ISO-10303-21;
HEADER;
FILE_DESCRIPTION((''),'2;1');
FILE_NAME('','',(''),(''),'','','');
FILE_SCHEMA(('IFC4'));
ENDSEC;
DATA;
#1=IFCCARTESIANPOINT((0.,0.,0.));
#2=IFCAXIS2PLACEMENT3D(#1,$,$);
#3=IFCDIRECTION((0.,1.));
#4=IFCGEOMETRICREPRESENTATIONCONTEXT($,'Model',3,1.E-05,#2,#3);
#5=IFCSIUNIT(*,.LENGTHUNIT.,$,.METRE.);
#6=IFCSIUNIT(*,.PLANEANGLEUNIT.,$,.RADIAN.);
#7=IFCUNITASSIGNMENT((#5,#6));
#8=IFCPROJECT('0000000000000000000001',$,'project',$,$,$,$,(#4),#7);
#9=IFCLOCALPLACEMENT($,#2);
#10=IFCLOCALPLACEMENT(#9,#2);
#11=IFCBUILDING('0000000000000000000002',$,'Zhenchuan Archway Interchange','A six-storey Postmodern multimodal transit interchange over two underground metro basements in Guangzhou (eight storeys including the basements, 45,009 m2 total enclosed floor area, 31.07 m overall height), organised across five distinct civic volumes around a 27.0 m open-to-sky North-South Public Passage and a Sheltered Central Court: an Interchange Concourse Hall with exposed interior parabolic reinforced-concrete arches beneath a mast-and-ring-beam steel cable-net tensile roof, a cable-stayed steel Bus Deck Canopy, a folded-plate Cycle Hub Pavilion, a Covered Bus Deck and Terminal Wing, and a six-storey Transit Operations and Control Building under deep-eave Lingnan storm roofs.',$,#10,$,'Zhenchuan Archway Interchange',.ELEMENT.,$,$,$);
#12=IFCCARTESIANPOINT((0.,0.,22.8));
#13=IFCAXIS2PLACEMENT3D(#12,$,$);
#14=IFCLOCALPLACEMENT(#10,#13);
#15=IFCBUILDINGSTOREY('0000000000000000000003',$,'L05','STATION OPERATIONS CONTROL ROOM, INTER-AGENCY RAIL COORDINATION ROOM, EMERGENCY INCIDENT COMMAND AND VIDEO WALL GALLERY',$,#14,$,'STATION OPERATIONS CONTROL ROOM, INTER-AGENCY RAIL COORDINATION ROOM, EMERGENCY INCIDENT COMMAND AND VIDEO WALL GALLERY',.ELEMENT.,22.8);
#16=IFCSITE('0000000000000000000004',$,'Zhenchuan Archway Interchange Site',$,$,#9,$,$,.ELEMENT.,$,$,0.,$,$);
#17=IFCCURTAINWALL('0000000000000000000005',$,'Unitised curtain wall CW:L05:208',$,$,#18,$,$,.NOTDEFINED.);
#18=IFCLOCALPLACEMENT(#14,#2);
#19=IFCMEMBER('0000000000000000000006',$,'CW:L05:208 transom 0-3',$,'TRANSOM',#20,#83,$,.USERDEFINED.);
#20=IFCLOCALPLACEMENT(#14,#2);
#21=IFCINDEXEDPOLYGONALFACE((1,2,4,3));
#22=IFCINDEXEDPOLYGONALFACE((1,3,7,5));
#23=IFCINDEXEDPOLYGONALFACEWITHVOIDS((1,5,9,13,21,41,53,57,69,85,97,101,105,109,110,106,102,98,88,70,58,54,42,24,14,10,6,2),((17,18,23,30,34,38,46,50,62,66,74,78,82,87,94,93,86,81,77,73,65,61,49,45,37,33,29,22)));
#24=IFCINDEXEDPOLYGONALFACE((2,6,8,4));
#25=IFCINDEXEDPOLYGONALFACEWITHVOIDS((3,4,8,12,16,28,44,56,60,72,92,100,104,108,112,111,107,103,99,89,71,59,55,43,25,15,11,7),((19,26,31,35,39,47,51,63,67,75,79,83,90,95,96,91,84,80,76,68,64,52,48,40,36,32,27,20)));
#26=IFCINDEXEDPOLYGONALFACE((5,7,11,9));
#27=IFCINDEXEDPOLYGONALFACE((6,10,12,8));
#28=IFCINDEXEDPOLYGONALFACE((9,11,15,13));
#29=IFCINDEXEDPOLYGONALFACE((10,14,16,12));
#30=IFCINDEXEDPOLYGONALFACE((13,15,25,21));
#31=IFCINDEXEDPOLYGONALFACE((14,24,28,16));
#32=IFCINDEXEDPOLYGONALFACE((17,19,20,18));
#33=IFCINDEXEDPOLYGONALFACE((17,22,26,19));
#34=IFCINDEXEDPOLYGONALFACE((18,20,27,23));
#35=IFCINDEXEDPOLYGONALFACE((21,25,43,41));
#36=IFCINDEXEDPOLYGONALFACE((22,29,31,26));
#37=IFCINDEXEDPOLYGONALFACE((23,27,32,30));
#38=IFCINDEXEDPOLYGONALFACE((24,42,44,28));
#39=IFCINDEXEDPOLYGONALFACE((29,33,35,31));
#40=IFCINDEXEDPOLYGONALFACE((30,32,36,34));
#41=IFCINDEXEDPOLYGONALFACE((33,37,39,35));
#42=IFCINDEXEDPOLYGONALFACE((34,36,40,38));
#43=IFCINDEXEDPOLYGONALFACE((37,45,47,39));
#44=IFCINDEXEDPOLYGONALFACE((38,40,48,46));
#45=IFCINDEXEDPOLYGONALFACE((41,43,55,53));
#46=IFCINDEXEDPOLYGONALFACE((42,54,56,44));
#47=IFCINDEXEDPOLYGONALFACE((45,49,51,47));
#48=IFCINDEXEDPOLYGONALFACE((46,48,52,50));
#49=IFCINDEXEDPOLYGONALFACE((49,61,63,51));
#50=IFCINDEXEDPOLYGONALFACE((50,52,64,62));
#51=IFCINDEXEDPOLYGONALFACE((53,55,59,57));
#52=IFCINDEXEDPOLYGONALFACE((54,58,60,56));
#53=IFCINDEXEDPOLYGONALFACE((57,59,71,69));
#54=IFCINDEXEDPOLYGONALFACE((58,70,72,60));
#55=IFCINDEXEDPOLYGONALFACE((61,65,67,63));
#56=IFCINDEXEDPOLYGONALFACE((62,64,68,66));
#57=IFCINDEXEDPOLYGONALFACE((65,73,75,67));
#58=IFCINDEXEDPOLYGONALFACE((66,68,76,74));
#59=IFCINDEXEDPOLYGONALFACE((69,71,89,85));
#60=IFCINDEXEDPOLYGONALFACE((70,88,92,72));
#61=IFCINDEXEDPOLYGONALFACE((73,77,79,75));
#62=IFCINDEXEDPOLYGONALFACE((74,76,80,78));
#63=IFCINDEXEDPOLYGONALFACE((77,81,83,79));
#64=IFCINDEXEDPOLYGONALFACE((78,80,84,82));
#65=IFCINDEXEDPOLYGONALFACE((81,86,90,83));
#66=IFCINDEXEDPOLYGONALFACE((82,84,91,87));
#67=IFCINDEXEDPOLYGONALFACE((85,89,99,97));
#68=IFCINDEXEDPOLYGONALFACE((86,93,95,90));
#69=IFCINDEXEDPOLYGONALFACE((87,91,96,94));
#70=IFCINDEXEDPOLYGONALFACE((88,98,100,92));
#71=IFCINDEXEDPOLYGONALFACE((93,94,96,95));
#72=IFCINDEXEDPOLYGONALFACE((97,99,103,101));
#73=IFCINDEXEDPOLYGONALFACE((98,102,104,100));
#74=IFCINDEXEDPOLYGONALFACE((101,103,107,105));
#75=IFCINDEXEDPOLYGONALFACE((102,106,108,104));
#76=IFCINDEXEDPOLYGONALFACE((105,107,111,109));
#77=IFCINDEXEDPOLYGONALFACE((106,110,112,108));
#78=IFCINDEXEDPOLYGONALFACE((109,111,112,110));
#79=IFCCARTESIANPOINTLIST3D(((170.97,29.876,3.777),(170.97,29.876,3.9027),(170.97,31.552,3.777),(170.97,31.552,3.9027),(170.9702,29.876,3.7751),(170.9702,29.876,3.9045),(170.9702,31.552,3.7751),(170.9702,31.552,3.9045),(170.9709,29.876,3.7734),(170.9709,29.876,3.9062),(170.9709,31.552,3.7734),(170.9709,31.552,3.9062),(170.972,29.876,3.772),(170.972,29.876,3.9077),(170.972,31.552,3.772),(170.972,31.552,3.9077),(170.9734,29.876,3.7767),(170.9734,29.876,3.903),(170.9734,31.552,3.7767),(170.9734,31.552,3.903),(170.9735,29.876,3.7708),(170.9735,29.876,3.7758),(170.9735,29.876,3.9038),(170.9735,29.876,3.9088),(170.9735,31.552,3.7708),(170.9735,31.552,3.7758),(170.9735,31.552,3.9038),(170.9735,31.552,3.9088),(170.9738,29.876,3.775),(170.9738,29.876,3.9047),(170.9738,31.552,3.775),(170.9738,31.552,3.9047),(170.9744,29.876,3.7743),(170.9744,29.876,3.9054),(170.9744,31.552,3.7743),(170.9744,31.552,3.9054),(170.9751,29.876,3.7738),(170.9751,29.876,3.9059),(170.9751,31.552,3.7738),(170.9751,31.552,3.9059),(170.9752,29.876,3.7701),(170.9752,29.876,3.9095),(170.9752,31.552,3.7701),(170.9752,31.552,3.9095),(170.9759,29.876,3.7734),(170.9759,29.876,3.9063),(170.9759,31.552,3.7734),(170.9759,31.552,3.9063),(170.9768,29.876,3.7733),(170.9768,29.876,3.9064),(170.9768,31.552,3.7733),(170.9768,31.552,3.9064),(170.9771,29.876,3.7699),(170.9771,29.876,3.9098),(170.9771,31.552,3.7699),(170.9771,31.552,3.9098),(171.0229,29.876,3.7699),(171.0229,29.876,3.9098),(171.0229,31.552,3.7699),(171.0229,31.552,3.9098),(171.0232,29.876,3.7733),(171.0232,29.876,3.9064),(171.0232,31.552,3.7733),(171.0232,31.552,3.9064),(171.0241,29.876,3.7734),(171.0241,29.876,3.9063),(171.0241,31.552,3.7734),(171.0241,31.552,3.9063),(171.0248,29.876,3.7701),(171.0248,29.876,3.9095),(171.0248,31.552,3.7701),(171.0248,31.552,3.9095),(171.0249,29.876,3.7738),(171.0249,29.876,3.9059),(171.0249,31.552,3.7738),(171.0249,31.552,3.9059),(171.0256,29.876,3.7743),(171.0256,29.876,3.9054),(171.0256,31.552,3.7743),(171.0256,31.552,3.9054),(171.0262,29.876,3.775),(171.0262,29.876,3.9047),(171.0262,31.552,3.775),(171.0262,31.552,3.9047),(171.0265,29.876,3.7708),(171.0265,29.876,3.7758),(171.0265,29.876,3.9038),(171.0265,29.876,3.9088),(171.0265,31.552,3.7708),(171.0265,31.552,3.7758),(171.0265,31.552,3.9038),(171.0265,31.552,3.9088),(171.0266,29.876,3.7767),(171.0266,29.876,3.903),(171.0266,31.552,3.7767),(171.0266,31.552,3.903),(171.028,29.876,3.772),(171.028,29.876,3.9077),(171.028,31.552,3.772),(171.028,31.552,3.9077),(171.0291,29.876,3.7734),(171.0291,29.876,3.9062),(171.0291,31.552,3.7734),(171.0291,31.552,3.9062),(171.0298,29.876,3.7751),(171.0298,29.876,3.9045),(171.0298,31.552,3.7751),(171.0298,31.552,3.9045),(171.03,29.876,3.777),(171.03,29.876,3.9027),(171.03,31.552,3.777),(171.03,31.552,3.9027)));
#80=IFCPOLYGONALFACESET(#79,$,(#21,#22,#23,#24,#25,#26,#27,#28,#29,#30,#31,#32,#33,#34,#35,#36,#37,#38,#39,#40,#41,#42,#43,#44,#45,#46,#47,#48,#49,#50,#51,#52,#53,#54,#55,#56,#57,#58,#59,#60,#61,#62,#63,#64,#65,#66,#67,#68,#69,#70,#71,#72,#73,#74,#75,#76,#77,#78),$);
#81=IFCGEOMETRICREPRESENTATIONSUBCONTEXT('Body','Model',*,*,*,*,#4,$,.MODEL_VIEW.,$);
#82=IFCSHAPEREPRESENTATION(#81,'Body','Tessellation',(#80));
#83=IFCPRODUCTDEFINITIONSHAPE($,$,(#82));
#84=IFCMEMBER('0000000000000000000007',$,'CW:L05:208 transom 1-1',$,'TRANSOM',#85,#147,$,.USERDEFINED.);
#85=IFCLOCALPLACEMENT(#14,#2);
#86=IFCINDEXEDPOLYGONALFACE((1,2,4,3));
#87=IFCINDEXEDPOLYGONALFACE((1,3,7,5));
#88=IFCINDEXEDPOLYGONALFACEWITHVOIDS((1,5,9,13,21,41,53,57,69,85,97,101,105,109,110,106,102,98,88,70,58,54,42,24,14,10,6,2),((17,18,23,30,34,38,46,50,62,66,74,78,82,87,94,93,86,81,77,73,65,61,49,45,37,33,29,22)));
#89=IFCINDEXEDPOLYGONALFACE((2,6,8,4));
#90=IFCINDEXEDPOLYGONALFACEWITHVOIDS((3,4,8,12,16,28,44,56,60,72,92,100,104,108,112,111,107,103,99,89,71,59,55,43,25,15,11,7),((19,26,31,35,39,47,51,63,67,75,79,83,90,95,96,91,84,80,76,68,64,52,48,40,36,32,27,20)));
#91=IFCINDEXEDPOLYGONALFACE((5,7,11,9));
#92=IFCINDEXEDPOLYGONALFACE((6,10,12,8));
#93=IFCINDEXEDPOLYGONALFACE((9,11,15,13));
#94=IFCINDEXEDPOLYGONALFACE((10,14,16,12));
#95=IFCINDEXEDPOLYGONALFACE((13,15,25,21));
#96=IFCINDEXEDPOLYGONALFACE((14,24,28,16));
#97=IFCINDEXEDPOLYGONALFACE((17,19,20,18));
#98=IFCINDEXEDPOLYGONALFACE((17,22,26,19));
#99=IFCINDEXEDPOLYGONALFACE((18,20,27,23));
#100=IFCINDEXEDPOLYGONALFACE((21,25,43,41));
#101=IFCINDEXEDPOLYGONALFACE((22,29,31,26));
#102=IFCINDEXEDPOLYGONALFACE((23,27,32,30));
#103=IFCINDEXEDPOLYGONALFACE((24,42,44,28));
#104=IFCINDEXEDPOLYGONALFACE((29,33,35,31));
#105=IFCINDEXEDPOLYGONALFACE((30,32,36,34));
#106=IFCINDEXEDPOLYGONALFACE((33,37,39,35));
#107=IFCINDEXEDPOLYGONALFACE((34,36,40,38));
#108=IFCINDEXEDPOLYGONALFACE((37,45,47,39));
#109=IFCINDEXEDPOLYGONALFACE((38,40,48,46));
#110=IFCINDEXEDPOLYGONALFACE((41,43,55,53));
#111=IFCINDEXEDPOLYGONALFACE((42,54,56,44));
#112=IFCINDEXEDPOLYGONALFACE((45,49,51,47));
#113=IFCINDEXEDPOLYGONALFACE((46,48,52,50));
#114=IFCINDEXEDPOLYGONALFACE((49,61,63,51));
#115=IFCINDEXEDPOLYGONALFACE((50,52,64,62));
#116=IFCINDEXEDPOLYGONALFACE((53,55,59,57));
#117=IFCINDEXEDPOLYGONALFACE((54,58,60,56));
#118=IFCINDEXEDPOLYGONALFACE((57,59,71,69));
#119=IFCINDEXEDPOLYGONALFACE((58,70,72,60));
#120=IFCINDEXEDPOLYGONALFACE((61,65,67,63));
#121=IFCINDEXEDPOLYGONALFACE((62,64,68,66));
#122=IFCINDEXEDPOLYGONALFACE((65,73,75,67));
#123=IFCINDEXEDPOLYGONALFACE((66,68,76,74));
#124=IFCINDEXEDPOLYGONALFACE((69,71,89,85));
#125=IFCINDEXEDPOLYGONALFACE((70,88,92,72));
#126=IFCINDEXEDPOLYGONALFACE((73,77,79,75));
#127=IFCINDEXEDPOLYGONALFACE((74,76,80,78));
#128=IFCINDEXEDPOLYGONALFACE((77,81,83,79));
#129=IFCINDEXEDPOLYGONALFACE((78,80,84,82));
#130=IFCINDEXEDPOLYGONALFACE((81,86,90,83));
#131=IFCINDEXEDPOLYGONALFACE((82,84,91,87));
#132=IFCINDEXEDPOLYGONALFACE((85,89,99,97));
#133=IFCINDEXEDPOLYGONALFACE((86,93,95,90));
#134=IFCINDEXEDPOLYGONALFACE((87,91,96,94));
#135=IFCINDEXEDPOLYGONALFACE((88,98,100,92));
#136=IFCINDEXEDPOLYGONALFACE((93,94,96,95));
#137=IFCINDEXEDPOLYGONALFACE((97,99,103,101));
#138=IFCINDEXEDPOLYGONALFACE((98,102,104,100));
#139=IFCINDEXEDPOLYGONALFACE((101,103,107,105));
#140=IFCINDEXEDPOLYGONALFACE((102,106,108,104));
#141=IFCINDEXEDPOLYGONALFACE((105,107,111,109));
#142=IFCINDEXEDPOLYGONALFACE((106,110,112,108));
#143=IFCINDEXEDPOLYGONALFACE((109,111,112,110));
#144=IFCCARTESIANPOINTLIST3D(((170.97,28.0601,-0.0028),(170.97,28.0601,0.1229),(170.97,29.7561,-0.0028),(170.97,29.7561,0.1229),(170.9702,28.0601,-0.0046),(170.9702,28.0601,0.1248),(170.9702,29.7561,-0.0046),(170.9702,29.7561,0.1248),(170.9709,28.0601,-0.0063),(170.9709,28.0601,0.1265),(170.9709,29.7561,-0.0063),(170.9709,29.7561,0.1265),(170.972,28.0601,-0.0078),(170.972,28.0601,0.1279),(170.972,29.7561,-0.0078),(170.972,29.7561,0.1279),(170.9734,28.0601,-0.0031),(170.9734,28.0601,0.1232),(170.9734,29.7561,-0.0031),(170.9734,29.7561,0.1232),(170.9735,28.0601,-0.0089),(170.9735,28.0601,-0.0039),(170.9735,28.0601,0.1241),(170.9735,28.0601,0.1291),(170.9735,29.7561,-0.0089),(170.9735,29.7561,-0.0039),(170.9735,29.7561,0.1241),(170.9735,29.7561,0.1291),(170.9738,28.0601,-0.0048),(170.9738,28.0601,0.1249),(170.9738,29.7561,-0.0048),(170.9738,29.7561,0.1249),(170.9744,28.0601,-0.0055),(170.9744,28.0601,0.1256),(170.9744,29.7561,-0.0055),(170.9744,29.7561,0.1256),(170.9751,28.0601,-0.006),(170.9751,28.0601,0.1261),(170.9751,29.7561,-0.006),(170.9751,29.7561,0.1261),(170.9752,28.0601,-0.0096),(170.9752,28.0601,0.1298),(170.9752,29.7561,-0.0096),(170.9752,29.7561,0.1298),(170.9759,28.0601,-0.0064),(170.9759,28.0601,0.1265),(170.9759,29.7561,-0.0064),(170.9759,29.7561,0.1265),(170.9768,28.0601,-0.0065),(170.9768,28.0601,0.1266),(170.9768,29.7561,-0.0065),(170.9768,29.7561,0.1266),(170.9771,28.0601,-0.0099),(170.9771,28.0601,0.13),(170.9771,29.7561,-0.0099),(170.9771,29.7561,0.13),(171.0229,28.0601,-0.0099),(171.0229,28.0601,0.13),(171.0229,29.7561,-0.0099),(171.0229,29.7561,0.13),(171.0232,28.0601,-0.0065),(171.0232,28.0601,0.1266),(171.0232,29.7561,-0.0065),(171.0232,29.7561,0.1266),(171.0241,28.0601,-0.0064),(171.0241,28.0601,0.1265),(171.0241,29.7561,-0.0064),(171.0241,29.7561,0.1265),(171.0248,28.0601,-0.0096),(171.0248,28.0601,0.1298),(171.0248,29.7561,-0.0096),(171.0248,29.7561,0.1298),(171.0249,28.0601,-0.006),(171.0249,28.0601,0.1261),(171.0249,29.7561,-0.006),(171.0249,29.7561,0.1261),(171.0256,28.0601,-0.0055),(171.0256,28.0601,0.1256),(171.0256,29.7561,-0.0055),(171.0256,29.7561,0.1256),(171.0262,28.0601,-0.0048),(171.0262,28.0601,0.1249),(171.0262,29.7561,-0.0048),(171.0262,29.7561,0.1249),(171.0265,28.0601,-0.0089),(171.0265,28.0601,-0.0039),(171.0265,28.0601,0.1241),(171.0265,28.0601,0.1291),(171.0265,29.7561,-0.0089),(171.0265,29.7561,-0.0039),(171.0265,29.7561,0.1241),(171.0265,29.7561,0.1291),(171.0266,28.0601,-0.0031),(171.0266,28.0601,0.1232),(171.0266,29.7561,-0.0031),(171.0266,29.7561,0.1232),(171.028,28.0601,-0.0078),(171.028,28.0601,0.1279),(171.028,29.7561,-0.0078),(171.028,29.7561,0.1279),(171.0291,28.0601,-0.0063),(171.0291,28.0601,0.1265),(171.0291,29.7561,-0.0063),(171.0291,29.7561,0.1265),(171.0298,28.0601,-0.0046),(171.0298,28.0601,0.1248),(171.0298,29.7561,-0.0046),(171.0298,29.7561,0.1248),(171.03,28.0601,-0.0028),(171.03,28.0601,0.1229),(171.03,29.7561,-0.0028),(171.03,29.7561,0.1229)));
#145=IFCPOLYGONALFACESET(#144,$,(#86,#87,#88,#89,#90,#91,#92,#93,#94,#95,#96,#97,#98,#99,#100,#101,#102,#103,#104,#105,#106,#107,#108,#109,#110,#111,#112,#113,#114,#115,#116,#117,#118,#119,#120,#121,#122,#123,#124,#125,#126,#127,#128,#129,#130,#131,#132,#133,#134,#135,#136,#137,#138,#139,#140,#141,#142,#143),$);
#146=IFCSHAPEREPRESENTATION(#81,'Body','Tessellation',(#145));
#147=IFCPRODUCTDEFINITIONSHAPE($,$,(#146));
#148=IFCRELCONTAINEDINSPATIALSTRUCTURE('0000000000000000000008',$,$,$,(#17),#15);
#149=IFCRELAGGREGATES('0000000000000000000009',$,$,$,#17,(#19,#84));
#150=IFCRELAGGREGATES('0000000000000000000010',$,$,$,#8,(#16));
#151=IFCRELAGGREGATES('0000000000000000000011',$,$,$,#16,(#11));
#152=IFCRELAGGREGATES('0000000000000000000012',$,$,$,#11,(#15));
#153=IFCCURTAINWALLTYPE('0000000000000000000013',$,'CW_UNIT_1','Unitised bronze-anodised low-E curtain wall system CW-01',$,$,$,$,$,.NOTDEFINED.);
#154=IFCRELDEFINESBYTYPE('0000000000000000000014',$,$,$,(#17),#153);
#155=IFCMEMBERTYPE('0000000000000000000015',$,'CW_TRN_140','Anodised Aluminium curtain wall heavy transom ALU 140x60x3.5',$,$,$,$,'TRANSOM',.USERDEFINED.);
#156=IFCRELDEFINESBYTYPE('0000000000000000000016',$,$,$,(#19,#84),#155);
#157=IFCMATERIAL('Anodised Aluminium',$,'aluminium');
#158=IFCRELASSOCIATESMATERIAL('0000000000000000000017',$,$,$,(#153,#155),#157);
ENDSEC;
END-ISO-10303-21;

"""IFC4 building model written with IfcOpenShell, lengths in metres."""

from ifc_helpers import new_model, si_unit, direction, frame, origin, origin_2d, place, context, subcontext, project, spatial, hollow_rectangle, extrude, material, material_profile, profile_set, type_object, element, aggregate, save


model = new_model("IFC4")

# Units and contexts
model_context = context("Model", 3, precision=1e-05, world=origin(), true_north=direction((0.0, 1.0)))
body_context = subcontext(model_context, "Body", "Model", "MODEL_VIEW")
ifc_project = project(units=[si_unit("LENGTHUNIT", "METRE"), si_unit("PLANEANGLEUNIT", "RADIAN")], contexts=[model_context])

# Site, building, storey
site_placement = place(None, origin())
site = spatial("IfcSite", under=ifc_project, at=site_placement, Name="Zhenchuan Archway Interchange Site", CompositionType="ELEMENT", RefElevation=0.0)
building_placement = place(site_placement, origin())
building = spatial("IfcBuilding", under=site, at=building_placement, Name="Zhenchuan Archway Interchange", Description="A six-storey Postmodern multimodal transit interchange over two underground metro basements in Guangzhou (eight storeys including the basements, 45,009 m2 total enclosed floor area, 31.07 m overall height), organised across five distinct civic volumes around a 27.0 m open-to-sky North-South Public Passage and a Sheltered Central Court: an Interchange Concourse Hall with exposed interior parabolic reinforced-concrete arches beneath a mast-and-ring-beam steel cable-net tensile roof, a cable-stayed steel Bus Deck Canopy, a folded-plate Cycle Hub Pavilion, a Covered Bus Deck and Terminal Wing, and a six-storey Transit Operations and Control Building under deep-eave Lingnan storm roofs.", LongName="Zhenchuan Archway Interchange", CompositionType="ELEMENT")
storey_placement = place(building_placement, frame((0.0, 0.0, 22.8)))
storey = spatial("IfcBuildingStorey", under=building, at=storey_placement, Name="L05", Description="STATION OPERATIONS CONTROL ROOM, INTER-AGENCY RAIL COORDINATION ROOM, EMERGENCY INCIDENT COMMAND AND VIDEO WALL GALLERY", LongName="STATION OPERATIONS CONTROL ROOM, INTER-AGENCY RAIL COORDINATION ROOM, EMERGENCY INCIDENT COMMAND AND VIDEO WALL GALLERY", CompositionType="ELEMENT", Elevation=22.8)

# Curtain wall, members
ifc_material_1 = material(Name="Anodised Aluminium", Category="aluminium")
curtain_wall_type = type_object("IfcCurtainWallType", Name="CW_UNIT_1", Description="Unitised bronze-anodised low-E curtain wall system CW-01", PredefinedType="NOTDEFINED", material=ifc_material_1)
curtain_wall_placement = place(storey_placement, origin())
curtain_wall = element("IfcCurtainWall", 1, at=curtain_wall_placement, inside=storey, type_object=curtain_wall_type, Name="Unitised curtain wall CW:L05:208", PredefinedType="NOTDEFINED")
ifc_material_profile_1 = material_profile(ifc_material_1, hollow_rectangle(XDim=0.0601, YDim=0.1399, WallThickness=0.0034, InnerFilletRadius=0.0034, OuterFilletRadius=0.0071, at=origin_2d()), Name="ALU 140x60x3.5")
ifc_profile_set_1 = profile_set([ifc_material_profile_1], Name="Anodised Aluminium")
member_type_1 = type_object("IfcMemberType", Name="CW_TRN_140", Description="Anodised Aluminium curtain wall heavy transom ALU 140x60x3.5", ElementType="TRANSOM", PredefinedType="USERDEFINED", material=ifc_profile_set_1)
member_1_placement = place(storey_placement, frame((171.0, 31.552, 3.8398), z_axis=(0.0, -1.0, 0.0), x_axis=(1.0, 0.0, 0.0)))
member_1 = element("IfcMember", 2, at=member_1_placement, type_object=member_type_1, Name="CW:L05:208 transom 0-3", ObjectType="TRANSOM", PredefinedType="USERDEFINED", context=body_context, shape_type="SweptSolid", body=[
    extrude(hollow_rectangle(XDim=0.0601, YDim=0.1399, WallThickness=0.0034, InnerFilletRadius=0.0034, OuterFilletRadius=0.0071, at=origin_2d()), origin(), (0.0, 0.0, 1.0), 1.676),
])
member_2_placement = place(storey_placement, frame((171.0, 29.7561, 0.0601), z_axis=(0.0, -1.0, 0.0), x_axis=(1.0, 0.0, 0.0)))
member_2 = element("IfcMember", 3, at=member_2_placement, type_object=member_type_1, Name="CW:L05:208 transom 1-1", ObjectType="TRANSOM", PredefinedType="USERDEFINED", context=body_context, shape_type="SweptSolid", body=[
    extrude(hollow_rectangle(XDim=0.0601, YDim=0.1399, WallThickness=0.0034, InnerFilletRadius=0.0034, OuterFilletRadius=0.0071, at=origin_2d()), origin(), (0.0, 0.0, 1.0), 1.696),
])
aggregate(curtain_wall, [member_1, member_2])

save(model, "model.ifc")
